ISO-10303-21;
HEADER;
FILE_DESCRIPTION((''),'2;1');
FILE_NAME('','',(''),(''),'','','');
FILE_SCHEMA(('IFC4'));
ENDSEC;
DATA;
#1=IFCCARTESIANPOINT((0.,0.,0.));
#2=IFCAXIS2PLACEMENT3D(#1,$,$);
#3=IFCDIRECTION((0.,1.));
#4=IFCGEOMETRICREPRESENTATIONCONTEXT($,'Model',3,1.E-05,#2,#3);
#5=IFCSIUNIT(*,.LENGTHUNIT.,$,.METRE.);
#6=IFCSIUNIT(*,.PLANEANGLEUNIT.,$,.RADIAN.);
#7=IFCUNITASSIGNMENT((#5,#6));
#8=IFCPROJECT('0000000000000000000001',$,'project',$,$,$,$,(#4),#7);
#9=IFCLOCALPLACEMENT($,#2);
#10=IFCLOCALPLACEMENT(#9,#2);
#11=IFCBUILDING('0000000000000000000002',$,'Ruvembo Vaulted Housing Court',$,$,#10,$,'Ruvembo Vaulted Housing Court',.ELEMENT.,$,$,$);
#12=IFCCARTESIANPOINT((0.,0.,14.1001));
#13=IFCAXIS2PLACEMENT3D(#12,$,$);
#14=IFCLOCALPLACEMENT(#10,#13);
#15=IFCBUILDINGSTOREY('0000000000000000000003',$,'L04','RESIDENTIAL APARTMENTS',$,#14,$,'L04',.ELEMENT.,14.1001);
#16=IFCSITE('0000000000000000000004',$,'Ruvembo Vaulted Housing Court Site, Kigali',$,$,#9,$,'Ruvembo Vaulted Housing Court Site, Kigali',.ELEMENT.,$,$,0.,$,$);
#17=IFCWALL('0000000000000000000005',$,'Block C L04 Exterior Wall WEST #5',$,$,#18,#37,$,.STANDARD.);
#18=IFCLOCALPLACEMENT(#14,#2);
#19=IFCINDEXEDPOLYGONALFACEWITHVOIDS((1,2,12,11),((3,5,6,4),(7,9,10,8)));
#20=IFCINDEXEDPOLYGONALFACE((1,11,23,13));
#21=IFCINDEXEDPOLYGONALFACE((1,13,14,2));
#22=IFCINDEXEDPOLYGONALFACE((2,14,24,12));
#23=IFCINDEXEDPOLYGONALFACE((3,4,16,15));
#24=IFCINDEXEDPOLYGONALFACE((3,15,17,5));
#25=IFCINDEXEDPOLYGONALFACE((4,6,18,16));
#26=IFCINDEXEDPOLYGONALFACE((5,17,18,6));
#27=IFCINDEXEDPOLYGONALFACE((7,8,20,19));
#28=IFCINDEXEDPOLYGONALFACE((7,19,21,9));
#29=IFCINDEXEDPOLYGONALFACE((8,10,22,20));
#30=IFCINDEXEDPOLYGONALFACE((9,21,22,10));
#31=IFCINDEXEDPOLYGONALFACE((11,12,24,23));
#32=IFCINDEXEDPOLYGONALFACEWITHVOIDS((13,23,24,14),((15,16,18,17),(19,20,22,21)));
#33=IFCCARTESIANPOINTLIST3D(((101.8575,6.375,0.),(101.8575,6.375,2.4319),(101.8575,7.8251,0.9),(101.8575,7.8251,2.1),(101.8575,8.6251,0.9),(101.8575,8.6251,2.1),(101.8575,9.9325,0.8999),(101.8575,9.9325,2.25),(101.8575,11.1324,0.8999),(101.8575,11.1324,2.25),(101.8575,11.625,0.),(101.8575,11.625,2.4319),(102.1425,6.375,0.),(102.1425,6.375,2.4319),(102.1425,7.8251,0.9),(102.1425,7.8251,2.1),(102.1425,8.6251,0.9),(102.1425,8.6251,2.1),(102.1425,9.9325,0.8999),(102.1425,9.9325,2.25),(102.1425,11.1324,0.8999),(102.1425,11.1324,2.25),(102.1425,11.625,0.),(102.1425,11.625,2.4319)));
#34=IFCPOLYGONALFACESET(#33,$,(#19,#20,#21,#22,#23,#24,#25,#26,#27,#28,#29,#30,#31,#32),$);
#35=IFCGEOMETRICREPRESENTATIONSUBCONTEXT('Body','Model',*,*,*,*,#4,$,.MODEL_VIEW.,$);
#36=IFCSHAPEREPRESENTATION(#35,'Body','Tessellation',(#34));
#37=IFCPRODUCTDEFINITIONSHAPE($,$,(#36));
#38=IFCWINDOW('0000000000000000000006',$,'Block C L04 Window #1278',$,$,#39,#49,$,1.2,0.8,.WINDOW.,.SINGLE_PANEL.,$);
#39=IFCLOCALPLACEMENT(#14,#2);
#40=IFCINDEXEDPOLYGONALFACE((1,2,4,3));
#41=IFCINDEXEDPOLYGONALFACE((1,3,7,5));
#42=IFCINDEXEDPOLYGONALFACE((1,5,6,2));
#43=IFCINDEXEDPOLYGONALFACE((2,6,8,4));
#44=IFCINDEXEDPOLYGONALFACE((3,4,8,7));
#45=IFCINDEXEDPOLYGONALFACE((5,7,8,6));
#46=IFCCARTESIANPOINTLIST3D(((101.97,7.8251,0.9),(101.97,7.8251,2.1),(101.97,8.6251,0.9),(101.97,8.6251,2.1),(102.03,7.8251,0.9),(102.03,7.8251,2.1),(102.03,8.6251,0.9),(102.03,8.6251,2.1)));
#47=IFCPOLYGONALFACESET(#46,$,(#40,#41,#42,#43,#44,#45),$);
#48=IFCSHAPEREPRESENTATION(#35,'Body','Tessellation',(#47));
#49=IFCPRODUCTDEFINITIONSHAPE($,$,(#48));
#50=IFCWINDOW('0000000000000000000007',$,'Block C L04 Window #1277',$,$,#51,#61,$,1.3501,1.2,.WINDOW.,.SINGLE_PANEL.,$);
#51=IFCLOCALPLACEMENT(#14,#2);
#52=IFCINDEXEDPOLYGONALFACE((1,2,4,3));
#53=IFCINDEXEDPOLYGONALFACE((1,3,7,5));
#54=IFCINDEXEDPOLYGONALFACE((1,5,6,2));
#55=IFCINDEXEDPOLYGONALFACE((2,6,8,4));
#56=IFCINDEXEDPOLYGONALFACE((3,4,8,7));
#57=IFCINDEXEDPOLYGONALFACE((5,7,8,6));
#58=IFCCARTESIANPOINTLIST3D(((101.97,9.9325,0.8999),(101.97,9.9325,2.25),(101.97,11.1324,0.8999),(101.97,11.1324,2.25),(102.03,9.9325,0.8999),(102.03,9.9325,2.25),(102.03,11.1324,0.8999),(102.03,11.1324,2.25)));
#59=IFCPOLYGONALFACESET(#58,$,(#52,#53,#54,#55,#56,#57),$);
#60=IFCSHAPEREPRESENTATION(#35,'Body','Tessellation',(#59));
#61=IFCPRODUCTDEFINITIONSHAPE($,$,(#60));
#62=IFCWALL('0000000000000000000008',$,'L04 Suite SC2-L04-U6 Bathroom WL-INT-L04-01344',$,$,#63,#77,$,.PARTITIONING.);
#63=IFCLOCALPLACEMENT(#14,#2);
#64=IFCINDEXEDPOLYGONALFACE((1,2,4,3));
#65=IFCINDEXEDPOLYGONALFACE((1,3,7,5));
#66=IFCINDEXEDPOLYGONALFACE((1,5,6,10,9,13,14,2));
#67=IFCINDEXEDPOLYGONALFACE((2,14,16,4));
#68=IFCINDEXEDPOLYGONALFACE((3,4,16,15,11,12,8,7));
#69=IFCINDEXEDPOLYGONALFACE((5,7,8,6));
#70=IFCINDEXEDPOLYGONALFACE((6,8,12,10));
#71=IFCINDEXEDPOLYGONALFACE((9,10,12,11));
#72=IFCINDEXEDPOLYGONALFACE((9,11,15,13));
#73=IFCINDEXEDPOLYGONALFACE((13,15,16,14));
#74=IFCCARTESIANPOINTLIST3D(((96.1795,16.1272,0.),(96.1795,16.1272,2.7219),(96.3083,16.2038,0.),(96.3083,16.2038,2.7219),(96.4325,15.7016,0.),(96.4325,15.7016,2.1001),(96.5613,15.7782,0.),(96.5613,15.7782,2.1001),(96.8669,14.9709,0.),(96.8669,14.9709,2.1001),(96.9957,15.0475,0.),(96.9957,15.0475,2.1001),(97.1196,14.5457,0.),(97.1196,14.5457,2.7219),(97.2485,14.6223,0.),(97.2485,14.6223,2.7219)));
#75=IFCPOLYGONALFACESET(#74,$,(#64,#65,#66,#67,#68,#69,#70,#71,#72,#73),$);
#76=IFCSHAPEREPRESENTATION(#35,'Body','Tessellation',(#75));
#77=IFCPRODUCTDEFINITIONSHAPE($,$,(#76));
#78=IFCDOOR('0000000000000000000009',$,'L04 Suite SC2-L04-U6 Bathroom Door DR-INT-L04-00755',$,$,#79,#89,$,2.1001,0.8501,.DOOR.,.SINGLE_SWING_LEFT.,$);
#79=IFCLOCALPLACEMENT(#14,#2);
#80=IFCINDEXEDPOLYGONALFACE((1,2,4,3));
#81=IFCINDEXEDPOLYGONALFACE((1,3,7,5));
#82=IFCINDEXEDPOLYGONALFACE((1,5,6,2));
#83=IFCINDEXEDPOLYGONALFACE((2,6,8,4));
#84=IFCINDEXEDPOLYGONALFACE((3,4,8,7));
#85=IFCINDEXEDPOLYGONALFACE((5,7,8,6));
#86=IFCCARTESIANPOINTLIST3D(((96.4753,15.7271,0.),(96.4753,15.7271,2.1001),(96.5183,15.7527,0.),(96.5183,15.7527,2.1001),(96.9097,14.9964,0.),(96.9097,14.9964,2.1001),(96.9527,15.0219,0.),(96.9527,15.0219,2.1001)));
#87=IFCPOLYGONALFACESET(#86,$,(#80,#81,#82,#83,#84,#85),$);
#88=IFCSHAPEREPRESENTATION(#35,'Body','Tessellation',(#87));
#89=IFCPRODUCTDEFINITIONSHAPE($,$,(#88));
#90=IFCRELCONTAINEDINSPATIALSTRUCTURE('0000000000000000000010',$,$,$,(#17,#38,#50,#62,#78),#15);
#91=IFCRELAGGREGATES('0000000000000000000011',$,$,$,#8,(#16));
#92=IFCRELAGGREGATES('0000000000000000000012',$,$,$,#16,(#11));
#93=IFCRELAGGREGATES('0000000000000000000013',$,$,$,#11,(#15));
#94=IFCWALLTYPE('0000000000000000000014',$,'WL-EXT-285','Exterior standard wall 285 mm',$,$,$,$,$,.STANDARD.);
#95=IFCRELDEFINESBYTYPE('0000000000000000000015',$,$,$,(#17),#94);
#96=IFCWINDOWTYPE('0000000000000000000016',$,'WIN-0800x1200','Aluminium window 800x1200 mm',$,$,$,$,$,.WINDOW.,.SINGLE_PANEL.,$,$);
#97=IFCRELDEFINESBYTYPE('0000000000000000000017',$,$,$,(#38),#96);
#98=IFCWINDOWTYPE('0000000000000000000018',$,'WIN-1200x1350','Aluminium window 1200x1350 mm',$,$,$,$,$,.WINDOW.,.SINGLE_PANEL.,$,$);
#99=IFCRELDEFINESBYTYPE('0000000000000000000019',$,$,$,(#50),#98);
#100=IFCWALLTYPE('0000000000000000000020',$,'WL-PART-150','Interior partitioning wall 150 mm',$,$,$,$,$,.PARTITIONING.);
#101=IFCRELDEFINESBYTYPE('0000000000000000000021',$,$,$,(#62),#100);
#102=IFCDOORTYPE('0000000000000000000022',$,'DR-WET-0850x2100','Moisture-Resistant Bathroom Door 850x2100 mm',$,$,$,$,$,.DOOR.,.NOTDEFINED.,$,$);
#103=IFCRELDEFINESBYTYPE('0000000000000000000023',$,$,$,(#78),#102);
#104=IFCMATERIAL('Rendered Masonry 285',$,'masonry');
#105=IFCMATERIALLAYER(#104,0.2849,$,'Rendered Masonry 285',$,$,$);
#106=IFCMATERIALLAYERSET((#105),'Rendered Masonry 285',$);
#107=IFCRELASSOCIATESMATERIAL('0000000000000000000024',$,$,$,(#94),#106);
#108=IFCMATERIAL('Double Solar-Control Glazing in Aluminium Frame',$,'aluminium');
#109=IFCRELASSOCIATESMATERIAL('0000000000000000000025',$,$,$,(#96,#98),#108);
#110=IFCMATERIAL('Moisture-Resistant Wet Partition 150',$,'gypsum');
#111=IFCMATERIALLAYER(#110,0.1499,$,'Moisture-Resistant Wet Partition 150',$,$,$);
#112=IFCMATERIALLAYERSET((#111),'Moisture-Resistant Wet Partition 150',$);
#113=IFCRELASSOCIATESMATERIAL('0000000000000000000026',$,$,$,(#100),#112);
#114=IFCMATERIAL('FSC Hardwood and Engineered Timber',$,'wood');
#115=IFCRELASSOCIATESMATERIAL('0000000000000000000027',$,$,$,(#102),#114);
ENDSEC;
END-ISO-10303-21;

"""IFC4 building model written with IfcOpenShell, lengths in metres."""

from ifc_helpers import new_model, si_unit, direction, frame, frame_2d, origin, place, context, subcontext, project, spatial, rectangle, extrude, material, layer, layer_set, type_object, element, fill, save


model = new_model("IFC4")

# Units and contexts
model_context = context("Model", 3, precision=1e-05, world=origin(), true_north=direction((0.0, 1.0)))
body_context = subcontext(model_context, "Body", "Model", "MODEL_VIEW")
ifc_project = project(units=[si_unit("LENGTHUNIT", "METRE"), si_unit("PLANEANGLEUNIT", "RADIAN")], contexts=[model_context])

# Site, building, storey
site_placement = place(None, origin())
site = spatial("IfcSite", under=ifc_project, at=site_placement, Name="Ruvembo Vaulted Housing Court Site, Kigali", LongName="Ruvembo Vaulted Housing Court Site, Kigali", CompositionType="ELEMENT", RefElevation=0.0)
building_placement = place(site_placement, origin())
building = spatial("IfcBuilding", under=site, at=building_placement, Name="Ruvembo Vaulted Housing Court", LongName="Ruvembo Vaulted Housing Court", CompositionType="ELEMENT")
storey_placement = place(building_placement, frame((0.0, 0.0, 14.1001)))
storey = spatial("IfcBuildingStorey", under=building, at=storey_placement, Name="L04", Description="RESIDENTIAL APARTMENTS", LongName="L04", CompositionType="ELEMENT", Elevation=14.1001)

# Shared definitions
ifc_material_1 = material(Name="FSC Hardwood and Engineered Timber", Category="wood")

# Wall, openings, windows
ifc_material_2 = material(Name="Rendered Masonry 285", Category="masonry")
ifc_layer_1 = layer(ifc_material_2, 0.2849, Name="Rendered Masonry 285")
ifc_layer_set_1 = layer_set([ifc_layer_1], Name="Rendered Masonry 285")
wall_type_1 = type_object("IfcWallType", Name="WL-EXT-285", Description="Exterior standard wall 285 mm", PredefinedType="STANDARD", material=ifc_layer_set_1)
wall_1_placement = place(storey_placement, frame((102.0, 11.625, 0.0), z_axis=(0.0, 0.0, 1.0), x_axis=(0.0, -1.0, 0.0)))
wall_1 = element("IfcWall", 1, at=wall_1_placement, inside=storey, type_object=wall_type_1, Name="Block C L04 Exterior Wall WEST #5", PredefinedType="STANDARD", context=body_context, shape_type="SweptSolid", body=[
    extrude(rectangle(XDim=5.25, YDim=0.2849, at=frame_2d((2.625, 0.0))), origin(), (0.0, 0.0, 1.0), 2.4319),
])
opening_1_placement = place(wall_1_placement, frame((0.4924, 0.0, 0.8999)))
opening_1 = element("IfcOpeningElement", 2, at=opening_1_placement, cuts=wall_1, PredefinedType="OPENING", context=body_context, shape_type="SweptSolid", body=[
    extrude(rectangle(XDim=1.2, YDim=1.3501, at=frame_2d((0.6001, 0.675))), frame((0.0, 0.1523, 0.0), z_axis=(0.0, -1.0, 0.0), x_axis=(1.0, 0.0, 0.0)), (0.0, 0.0, 1.0), 0.3049),
])
opening_2_placement = place(wall_1_placement, frame((3.0, 0.0, 0.8999)))
opening_2 = element("IfcOpeningElement", 3, at=opening_2_placement, cuts=wall_1, PredefinedType="OPENING", context=body_context, shape_type="SweptSolid", body=[
    extrude(rectangle(XDim=0.8, YDim=1.2, at=frame_2d((0.3999, 0.6001))), frame((0.0, 0.1523, 0.0), z_axis=(0.0, -1.0, 0.0), x_axis=(1.0, 0.0, 0.0)), (0.0, 0.0, 1.0), 0.3049),
])
ifc_material_3 = material(Name="Double Solar-Control Glazing in Aluminium Frame", Category="aluminium")
window_type_1 = type_object("IfcWindowType", Name="WIN-0800x1200", Description="Aluminium window 800x1200 mm", PartitioningType="SINGLE_PANEL", PredefinedType="WINDOW", material=ifc_material_3)
window_1_placement = place(opening_2_placement, origin())
window_1 = element("IfcWindow", 4, at=window_1_placement, inside=storey, type_object=window_type_1, Name="Block C L04 Window #1278", OverallHeight=1.2, OverallWidth=0.8, PartitioningType="SINGLE_PANEL", PredefinedType="WINDOW", context=body_context, shape_type="SweptSolid", body=[
    extrude(rectangle(XDim=0.8, YDim=1.2, at=frame_2d((0.3999, 0.6001))), frame((0.0, 0.03, 0.0), z_axis=(0.0, -1.0, 0.0), x_axis=(1.0, 0.0, 0.0)), (0.0, 0.0, 1.0), 0.0601),
])
fill(opening_2, window_1)
window_type_2 = type_object("IfcWindowType", Name="WIN-1200x1350", Description="Aluminium window 1200x1350 mm", PartitioningType="SINGLE_PANEL", PredefinedType="WINDOW", material=ifc_material_3)
window_2_placement = place(opening_1_placement, origin())
window_2 = element("IfcWindow", 5, at=window_2_placement, inside=storey, type_object=window_type_2, Name="Block C L04 Window #1277", OverallHeight=1.3501, OverallWidth=1.2, PartitioningType="SINGLE_PANEL", PredefinedType="WINDOW", context=body_context, shape_type="SweptSolid", body=[
    extrude(rectangle(XDim=1.2, YDim=1.3501, at=frame_2d((0.6001, 0.675))), frame((0.0, 0.03, 0.0), z_axis=(0.0, -1.0, 0.0), x_axis=(1.0, 0.0, 0.0)), (0.0, 0.0, 1.0), 0.0601),
])
fill(opening_1, window_2)

# Wall, opening, door
ifc_material_4 = material(Name="Moisture-Resistant Wet Partition 150", Category="gypsum")
ifc_layer_2 = layer(ifc_material_4, 0.1499, Name="Moisture-Resistant Wet Partition 150")
ifc_layer_set_2 = layer_set([ifc_layer_2], Name="Moisture-Resistant Wet Partition 150")
wall_type_2 = type_object("IfcWallType", Name="WL-PART-150", Description="Interior partitioning wall 150 mm", PredefinedType="PARTITIONING", material=ifc_layer_set_2)
wall_2_placement = place(storey_placement, frame((96.2439, 16.1655, 0.0), z_axis=(0.0, 0.0, 1.0), x_axis=(0.510999, -0.859582, 0.0)))
wall_2 = element("IfcWall", 6, at=wall_2_placement, inside=storey, type_object=wall_type_2, Name="L04 Suite SC2-L04-U6 Bathroom WL-INT-L04-01344", PredefinedType="PARTITIONING", context=body_context, shape_type="SweptSolid", body=[
    extrude(rectangle(XDim=1.8398, YDim=0.1499, at=frame_2d((0.9199, 0.0))), origin(), (0.0, 0.0, 1.0), 2.7219),
])
opening_3_placement = place(wall_2_placement, frame((0.4951, 0.0, 0.0)))
opening_3 = element("IfcOpeningElement", 7, at=opening_3_placement, cuts=wall_2, PredefinedType="OPENING", context=body_context, shape_type="SweptSolid", body=[
    extrude(rectangle(XDim=0.8501, YDim=2.1001, at=frame_2d((0.425, 1.05))), frame((0.0, 0.085, 0.0), z_axis=(0.0, -1.0, 0.0), x_axis=(1.0, 0.0, 0.0)), (0.0, 0.0, 1.0), 0.1699),
])
door_type_1 = type_object("IfcDoorType", Name="DR-WET-0850x2100", Description="Moisture-Resistant Bathroom Door 850x2100 mm", OperationType="NOTDEFINED", PredefinedType="DOOR", material=ifc_material_1)
door_1_placement = place(opening_3_placement, origin())
door_1 = element("IfcDoor", 8, at=door_1_placement, inside=storey, type_object=door_type_1, Name="L04 Suite SC2-L04-U6 Bathroom Door DR-INT-L04-00755", OperationType="SINGLE_SWING_LEFT", OverallHeight=2.1001, OverallWidth=0.8501, PredefinedType="DOOR", context=body_context, shape_type="SweptSolid", body=[
    extrude(rectangle(XDim=0.8501, YDim=2.1001, at=frame_2d((0.425, 1.05))), frame((0.0, 0.0249, 0.0), z_axis=(0.0, -1.0, 0.0), x_axis=(1.0, 0.0, 0.0)), (0.0, 0.0, 1.0), 0.05),
])
fill(opening_3, door_1)

save(model, "model.ifc")
